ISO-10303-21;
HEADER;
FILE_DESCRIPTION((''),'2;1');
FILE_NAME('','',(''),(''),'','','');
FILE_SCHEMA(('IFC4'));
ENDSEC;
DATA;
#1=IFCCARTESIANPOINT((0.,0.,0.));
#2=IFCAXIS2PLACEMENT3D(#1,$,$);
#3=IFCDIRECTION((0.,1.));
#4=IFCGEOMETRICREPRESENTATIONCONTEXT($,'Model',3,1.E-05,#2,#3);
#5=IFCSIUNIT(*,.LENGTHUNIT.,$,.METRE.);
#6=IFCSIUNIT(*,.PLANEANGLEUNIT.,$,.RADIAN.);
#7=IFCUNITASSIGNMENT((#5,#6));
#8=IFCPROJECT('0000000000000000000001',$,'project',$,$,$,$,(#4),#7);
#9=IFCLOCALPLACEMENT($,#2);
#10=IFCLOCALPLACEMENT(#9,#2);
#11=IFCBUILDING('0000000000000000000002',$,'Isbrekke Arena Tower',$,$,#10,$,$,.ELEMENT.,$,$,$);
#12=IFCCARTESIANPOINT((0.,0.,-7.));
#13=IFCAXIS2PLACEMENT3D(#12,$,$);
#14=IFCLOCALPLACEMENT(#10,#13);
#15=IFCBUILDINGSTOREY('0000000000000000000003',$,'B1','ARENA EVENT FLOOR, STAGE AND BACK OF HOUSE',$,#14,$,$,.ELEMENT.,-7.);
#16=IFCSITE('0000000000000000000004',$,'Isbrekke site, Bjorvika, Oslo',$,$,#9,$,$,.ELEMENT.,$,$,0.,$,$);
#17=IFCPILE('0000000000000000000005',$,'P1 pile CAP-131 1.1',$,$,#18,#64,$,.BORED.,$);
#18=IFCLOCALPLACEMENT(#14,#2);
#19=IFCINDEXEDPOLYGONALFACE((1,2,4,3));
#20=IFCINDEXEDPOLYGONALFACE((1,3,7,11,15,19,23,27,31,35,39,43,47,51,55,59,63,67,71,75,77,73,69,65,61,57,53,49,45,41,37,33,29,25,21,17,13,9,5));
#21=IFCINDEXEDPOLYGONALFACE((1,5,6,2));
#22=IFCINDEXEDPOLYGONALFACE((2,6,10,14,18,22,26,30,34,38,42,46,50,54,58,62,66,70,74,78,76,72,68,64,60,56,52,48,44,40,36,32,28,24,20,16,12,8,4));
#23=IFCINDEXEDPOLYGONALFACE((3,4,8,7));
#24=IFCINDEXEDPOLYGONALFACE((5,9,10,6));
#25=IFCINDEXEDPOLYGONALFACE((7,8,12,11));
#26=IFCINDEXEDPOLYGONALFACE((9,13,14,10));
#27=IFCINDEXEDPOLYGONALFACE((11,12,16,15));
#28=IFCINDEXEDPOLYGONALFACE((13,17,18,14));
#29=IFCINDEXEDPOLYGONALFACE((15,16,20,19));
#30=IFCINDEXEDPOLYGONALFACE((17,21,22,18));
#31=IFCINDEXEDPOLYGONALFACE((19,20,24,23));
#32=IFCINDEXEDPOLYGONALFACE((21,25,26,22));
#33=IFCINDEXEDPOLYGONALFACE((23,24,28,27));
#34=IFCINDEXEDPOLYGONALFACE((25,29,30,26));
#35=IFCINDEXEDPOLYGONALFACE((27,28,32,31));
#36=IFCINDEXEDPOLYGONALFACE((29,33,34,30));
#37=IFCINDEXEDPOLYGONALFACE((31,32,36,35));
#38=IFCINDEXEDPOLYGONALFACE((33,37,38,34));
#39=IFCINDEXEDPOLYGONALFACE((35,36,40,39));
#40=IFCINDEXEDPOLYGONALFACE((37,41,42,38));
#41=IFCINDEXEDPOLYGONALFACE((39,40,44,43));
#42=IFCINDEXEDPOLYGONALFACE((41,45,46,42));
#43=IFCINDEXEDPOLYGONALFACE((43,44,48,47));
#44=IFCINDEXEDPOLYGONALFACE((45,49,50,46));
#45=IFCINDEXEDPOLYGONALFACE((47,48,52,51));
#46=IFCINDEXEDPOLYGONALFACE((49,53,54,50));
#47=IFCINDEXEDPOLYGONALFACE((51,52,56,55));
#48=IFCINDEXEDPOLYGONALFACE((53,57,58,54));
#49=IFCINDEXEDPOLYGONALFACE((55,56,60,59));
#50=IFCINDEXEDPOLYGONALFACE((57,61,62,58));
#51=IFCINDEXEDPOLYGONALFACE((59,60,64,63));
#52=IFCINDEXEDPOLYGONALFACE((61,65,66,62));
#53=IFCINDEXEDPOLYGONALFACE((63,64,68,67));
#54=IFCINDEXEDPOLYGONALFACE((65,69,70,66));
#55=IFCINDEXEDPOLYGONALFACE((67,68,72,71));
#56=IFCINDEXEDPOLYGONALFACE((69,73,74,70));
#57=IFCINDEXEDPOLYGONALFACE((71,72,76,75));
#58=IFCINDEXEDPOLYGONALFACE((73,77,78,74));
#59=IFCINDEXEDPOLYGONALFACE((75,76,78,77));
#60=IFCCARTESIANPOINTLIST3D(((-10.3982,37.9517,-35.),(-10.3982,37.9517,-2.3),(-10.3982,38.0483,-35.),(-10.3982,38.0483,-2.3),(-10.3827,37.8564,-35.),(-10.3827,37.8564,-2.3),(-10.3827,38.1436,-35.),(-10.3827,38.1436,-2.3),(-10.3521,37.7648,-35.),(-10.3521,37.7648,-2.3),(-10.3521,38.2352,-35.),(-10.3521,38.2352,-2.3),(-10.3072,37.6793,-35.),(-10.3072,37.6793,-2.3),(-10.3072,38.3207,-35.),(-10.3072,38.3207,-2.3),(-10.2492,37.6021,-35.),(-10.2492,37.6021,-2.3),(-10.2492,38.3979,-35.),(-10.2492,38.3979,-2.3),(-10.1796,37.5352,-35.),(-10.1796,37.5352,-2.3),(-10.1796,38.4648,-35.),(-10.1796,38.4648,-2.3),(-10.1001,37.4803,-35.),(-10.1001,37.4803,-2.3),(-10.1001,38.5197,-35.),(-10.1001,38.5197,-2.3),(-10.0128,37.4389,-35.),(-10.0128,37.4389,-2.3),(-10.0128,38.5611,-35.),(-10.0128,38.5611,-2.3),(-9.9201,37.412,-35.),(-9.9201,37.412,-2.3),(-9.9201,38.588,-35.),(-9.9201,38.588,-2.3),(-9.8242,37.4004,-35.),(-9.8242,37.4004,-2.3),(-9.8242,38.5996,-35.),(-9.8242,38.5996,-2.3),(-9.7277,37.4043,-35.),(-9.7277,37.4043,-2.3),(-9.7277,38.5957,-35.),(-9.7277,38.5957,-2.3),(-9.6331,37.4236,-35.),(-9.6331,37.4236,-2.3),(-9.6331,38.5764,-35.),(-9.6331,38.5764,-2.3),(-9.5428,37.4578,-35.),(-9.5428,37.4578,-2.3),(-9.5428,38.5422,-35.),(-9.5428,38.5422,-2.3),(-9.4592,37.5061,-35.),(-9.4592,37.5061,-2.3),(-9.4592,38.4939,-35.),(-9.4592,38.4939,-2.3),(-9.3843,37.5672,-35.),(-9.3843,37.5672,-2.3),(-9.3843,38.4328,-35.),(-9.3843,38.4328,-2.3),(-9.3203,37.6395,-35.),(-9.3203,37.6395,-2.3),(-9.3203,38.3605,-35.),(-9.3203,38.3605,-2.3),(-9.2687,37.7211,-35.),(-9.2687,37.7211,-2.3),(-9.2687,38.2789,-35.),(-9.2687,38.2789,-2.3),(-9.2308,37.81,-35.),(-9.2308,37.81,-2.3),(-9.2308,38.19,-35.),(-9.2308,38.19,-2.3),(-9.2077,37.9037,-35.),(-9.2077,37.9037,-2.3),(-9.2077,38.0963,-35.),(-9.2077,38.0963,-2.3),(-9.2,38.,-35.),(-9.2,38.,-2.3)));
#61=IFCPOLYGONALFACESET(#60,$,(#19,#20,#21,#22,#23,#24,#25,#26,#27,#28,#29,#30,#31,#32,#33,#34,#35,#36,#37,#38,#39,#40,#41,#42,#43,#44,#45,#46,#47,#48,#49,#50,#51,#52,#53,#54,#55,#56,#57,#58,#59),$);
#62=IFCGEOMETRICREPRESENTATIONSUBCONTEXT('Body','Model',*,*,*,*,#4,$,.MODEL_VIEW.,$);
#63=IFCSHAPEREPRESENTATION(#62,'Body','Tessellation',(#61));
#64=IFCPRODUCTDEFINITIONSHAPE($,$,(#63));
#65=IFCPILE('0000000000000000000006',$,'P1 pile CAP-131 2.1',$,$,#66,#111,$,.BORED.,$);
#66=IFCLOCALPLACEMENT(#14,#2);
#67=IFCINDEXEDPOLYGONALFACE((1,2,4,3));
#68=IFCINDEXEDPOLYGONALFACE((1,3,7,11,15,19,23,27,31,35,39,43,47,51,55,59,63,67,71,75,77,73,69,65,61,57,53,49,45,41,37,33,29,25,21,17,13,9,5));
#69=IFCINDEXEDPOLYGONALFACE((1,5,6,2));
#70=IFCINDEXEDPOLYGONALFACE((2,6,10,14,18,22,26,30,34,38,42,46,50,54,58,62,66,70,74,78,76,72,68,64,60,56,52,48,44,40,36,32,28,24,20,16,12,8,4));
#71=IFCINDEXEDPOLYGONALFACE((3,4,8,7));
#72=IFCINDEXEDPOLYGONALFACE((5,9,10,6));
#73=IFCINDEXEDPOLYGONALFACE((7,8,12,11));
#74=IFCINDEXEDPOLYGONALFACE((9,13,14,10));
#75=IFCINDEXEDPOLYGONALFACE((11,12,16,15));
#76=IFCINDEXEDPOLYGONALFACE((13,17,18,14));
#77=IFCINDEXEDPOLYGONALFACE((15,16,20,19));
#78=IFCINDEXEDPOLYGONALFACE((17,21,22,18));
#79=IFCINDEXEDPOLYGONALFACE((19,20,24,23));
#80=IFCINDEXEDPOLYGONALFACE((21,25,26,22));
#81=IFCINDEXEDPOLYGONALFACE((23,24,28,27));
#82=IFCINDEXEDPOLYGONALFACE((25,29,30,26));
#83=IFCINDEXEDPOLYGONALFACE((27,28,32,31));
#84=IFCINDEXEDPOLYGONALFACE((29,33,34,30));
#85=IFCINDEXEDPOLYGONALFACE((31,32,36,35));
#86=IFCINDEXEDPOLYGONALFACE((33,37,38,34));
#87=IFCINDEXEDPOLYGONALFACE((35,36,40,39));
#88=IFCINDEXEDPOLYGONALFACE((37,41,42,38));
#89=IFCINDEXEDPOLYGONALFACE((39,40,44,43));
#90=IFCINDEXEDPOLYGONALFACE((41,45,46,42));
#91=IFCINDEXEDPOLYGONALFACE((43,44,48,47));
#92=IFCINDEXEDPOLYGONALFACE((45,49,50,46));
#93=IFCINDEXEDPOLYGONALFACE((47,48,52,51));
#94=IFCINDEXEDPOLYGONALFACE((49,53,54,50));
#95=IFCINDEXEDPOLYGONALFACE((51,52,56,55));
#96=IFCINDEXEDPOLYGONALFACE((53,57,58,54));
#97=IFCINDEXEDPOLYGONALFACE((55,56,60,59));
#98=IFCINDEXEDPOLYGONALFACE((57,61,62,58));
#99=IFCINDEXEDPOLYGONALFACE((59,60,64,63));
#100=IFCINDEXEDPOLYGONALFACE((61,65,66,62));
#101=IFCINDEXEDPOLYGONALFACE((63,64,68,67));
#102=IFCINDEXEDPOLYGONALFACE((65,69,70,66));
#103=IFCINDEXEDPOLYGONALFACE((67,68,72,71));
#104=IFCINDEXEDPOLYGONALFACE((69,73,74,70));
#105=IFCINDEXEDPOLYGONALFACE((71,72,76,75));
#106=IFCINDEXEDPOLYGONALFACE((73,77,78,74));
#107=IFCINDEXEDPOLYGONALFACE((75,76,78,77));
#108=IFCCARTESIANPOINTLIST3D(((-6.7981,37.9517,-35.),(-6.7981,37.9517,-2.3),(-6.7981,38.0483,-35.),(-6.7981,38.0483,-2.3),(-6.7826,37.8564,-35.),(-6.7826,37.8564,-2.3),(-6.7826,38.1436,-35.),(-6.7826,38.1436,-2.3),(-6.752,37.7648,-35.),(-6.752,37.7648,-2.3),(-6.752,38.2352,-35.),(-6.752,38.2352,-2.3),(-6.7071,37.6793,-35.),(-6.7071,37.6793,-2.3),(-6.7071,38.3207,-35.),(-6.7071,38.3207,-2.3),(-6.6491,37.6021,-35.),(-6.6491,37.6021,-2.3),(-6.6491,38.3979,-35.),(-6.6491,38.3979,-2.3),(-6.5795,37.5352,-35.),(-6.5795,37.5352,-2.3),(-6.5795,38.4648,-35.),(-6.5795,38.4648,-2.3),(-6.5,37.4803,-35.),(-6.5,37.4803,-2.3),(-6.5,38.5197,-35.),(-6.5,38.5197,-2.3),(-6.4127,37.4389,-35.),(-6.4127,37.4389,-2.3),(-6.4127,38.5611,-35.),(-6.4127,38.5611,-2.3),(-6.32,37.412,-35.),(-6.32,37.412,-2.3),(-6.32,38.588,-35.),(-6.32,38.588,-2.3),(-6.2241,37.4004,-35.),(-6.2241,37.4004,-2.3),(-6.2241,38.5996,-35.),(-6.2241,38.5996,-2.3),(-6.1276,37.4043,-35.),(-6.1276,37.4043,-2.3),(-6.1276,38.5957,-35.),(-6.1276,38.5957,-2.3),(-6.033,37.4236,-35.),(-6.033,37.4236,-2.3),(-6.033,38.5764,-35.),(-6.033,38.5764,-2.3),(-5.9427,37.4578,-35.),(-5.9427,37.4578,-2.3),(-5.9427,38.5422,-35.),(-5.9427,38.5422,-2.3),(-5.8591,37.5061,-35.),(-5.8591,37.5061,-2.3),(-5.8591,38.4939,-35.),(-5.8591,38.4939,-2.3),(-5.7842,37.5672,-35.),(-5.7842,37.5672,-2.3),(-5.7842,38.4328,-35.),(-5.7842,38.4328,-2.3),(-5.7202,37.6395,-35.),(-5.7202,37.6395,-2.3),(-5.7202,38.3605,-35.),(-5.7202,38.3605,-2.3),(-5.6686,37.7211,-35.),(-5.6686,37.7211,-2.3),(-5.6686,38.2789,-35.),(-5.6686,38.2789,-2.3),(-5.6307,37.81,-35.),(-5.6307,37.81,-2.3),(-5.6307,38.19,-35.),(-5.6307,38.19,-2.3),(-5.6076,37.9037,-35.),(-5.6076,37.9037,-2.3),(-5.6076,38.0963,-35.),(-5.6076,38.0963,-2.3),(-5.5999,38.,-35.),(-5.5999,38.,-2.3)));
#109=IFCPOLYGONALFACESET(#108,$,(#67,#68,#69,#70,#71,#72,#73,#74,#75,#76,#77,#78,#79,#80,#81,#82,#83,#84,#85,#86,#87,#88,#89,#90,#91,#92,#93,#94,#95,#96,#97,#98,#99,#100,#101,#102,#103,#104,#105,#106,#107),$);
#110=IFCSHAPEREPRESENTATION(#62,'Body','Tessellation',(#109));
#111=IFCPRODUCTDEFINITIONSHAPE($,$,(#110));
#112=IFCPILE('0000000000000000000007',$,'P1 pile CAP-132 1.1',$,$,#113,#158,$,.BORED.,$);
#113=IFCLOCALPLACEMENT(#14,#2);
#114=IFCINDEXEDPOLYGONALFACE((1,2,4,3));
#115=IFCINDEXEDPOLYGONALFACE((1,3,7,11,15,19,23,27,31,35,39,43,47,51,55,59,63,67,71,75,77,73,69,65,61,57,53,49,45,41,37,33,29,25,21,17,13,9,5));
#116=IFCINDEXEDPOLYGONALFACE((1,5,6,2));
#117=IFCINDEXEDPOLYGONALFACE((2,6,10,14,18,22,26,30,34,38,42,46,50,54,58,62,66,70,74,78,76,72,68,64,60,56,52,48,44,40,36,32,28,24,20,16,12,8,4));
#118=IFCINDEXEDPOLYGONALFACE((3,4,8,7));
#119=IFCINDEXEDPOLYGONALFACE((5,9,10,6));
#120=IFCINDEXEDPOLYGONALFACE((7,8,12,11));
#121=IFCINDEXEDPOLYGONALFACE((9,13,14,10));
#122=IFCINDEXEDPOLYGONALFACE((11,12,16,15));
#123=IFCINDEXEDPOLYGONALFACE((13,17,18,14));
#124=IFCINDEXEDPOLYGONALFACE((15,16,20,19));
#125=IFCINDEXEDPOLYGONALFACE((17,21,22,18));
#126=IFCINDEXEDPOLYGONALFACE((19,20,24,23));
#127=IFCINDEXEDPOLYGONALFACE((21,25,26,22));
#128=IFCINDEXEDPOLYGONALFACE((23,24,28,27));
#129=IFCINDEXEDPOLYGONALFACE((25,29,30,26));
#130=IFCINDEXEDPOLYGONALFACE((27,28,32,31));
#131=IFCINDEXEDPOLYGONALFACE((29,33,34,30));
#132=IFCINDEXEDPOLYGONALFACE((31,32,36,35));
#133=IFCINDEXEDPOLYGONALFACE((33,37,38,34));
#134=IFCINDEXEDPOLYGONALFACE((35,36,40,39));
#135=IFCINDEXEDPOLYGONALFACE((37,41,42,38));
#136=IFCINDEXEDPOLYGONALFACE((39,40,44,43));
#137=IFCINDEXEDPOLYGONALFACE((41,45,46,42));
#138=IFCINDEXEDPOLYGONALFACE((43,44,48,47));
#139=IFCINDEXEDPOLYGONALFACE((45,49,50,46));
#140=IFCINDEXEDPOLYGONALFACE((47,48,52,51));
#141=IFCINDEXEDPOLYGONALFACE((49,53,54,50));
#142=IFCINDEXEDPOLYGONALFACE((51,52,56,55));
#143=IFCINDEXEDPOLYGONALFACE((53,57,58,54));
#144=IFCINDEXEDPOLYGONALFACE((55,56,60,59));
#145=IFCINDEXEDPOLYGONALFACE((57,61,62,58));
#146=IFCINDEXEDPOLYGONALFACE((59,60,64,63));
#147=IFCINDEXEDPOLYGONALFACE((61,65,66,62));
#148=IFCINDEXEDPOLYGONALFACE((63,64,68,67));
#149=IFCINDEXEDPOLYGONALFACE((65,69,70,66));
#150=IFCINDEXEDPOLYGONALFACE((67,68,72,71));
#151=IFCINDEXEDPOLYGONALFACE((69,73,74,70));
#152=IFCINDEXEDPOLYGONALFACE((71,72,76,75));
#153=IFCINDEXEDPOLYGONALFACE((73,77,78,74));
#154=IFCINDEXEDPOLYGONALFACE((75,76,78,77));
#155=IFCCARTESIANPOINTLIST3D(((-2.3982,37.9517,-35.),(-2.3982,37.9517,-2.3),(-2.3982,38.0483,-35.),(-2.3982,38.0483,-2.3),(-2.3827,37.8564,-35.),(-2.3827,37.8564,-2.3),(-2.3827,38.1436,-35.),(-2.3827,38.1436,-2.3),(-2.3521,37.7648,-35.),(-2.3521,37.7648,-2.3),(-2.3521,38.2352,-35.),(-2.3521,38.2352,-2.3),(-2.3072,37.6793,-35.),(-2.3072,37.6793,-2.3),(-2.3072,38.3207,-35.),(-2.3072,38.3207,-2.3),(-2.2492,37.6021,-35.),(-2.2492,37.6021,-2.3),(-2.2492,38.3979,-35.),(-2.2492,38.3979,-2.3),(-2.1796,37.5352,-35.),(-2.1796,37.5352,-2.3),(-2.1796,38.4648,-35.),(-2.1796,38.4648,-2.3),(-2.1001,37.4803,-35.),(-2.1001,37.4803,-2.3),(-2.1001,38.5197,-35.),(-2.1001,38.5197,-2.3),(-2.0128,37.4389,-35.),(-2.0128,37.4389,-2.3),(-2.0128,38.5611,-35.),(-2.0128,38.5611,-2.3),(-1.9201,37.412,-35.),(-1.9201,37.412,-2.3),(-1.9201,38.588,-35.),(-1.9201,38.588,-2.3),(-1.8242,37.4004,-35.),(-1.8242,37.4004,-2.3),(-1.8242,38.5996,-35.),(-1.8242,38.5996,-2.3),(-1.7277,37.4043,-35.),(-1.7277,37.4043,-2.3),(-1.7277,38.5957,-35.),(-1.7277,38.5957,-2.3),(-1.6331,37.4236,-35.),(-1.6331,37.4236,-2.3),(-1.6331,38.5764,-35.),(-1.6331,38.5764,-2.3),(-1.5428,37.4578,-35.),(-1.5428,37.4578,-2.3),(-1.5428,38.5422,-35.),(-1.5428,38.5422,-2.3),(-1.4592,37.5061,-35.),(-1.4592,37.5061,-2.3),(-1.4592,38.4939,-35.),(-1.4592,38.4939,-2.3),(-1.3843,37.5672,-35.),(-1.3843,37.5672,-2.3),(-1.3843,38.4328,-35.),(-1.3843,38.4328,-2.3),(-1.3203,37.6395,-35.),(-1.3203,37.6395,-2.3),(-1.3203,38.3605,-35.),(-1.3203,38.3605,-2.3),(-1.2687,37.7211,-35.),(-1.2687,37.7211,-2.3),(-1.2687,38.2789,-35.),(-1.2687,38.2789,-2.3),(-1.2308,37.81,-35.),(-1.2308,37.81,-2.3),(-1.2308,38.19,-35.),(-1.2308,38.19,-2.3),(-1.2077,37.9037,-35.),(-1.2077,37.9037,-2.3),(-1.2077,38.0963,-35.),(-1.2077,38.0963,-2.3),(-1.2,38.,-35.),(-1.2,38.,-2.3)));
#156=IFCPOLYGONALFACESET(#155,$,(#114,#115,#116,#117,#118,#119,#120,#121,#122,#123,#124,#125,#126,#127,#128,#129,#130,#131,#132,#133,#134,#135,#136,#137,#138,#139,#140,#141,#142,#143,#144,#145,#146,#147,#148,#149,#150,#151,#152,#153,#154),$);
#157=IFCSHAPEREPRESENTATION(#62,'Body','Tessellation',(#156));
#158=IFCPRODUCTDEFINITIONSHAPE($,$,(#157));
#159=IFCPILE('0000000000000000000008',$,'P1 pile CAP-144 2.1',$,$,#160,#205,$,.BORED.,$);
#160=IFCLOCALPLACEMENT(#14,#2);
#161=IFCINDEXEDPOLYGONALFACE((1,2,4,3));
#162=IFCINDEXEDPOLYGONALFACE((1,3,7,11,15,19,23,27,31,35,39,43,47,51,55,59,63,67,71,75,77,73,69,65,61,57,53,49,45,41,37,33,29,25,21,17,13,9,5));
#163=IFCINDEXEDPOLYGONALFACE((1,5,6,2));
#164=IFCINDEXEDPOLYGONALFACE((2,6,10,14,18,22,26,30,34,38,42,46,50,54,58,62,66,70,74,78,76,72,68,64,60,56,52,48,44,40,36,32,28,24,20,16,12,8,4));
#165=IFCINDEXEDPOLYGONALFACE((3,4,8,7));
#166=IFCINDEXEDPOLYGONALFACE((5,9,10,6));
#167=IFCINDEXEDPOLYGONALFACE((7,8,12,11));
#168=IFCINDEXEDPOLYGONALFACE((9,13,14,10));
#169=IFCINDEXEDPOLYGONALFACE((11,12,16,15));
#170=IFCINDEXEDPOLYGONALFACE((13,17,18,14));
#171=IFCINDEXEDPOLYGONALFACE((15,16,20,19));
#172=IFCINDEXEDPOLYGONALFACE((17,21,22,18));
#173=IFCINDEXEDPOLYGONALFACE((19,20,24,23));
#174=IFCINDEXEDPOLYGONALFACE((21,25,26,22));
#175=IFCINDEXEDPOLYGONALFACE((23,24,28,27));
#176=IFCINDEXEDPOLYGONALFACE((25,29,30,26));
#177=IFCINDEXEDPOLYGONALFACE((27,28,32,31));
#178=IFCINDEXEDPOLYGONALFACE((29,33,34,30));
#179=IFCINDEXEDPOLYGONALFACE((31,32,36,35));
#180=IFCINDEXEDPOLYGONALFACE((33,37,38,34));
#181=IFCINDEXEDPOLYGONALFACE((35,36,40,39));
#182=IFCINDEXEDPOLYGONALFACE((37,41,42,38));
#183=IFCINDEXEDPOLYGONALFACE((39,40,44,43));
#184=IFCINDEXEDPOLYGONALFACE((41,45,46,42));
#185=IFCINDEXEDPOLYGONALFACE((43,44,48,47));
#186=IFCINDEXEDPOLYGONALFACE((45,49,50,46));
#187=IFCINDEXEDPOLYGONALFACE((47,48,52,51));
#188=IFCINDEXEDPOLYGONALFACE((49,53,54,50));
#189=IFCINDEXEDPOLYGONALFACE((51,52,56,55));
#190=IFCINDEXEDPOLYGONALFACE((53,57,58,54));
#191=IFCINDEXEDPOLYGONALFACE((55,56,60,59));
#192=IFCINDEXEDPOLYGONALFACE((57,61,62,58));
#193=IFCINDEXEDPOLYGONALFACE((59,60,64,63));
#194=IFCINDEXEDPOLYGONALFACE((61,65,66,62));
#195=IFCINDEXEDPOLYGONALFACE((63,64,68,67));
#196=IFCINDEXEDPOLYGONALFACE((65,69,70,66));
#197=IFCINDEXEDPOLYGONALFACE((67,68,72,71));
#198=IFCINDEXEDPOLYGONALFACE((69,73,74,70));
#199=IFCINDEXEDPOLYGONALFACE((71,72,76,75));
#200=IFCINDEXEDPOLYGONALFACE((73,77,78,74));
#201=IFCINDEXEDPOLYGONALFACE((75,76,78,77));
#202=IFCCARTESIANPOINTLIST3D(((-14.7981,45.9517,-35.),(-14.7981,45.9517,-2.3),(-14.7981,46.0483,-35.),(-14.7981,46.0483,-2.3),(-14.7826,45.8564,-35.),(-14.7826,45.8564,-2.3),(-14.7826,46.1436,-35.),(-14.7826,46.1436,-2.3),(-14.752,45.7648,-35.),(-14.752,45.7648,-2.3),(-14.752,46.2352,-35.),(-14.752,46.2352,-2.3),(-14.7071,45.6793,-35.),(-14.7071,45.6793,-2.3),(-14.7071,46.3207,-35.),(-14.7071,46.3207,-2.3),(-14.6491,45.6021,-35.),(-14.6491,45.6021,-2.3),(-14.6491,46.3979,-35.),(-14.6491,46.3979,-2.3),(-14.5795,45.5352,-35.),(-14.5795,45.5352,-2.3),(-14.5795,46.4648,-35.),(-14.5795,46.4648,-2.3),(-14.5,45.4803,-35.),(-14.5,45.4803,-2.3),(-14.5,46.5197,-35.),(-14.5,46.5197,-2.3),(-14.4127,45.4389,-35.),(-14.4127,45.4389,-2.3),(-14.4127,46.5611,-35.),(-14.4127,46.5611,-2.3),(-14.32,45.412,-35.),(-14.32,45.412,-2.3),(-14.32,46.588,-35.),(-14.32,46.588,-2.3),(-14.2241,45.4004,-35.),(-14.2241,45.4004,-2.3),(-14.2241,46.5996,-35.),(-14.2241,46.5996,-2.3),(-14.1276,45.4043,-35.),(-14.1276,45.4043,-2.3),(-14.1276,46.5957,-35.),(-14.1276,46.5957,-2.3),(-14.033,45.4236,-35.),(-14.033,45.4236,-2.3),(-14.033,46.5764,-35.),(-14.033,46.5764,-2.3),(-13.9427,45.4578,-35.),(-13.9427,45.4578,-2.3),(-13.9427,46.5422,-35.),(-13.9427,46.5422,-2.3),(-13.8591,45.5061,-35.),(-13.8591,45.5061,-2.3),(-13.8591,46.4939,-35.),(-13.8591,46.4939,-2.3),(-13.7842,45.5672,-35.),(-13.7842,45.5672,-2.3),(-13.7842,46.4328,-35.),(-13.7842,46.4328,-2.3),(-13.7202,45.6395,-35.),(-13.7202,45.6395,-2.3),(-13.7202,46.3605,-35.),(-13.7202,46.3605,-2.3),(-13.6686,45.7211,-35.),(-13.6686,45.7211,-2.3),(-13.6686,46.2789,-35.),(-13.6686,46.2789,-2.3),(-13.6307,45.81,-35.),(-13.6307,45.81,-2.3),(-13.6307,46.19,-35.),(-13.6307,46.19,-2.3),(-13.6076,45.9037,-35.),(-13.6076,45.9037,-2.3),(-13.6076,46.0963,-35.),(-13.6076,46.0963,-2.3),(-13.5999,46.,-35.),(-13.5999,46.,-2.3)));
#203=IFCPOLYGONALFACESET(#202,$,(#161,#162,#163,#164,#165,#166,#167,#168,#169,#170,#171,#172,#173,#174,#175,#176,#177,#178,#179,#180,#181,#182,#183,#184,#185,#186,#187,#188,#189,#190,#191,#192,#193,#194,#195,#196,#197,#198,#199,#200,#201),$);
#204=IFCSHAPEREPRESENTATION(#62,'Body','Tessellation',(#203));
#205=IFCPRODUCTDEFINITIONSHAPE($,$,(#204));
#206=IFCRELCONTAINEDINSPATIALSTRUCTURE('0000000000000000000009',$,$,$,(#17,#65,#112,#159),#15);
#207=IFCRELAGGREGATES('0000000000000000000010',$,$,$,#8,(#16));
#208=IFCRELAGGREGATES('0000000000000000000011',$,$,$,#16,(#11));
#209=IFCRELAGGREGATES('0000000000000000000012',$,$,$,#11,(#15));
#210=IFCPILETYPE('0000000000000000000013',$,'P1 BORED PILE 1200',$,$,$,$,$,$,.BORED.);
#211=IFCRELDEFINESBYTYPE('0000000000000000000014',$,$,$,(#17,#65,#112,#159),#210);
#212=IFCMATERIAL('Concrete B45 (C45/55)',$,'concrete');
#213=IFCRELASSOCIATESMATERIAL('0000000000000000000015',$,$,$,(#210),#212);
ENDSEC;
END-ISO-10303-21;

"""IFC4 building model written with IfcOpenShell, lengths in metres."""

from ifc_helpers import new_model, si_unit, direction, frame, origin, origin_2d, place, context, subcontext, project, spatial, circle, extrude, material, material_profile, profile_set, type_object, element, save


model = new_model("IFC4")

# Units and contexts
model_context = context("Model", 3, precision=1e-05, world=origin(), true_north=direction((0.0, 1.0)))
body_context = subcontext(model_context, "Body", "Model", "MODEL_VIEW")
ifc_project = project(units=[si_unit("LENGTHUNIT", "METRE"), si_unit("PLANEANGLEUNIT", "RADIAN")], contexts=[model_context])

# Site, building, storey
site_placement = place(None, origin())
site = spatial("IfcSite", under=ifc_project, at=site_placement, Name="Isbrekke site, Bjorvika, Oslo", CompositionType="ELEMENT", RefElevation=0.0)
building_placement = place(site_placement, origin())
building = spatial("IfcBuilding", under=site, at=building_placement, Name="Isbrekke Arena Tower", CompositionType="ELEMENT")
storey_placement = place(building_placement, frame((0.0, 0.0, -7.0)))
storey = spatial("IfcBuildingStorey", under=building, at=storey_placement, Name="B1", Description="ARENA EVENT FLOOR, STAGE AND BACK OF HOUSE", CompositionType="ELEMENT", Elevation=-7.0)

# Piles
ifc_material_1 = material(Name="Concrete B45 (C45/55)", Category="concrete")
ifc_material_profile_1 = material_profile(ifc_material_1, circle(Radius=0.6001, at=origin_2d()), Name="BORED PILE D1200")
ifc_profile_set_1 = profile_set([ifc_material_profile_1], Name="Concrete B45 (C45/55)")
pile_type = type_object("IfcPileType", Name="P1 BORED PILE 1200", PredefinedType="BORED", material=ifc_profile_set_1)
for number, where, z_axis, x_axis, name in (
    (1, (-9.8, 38.0, -2.3), (0.0, 0.0, -1.0), (1.0, 0.0, 0.0), "P1 pile CAP-131 1.1"),
    (2, (-6.2, 38.0, -2.3), (0.0, 0.0, -1.0), (1.0, 0.0, 0.0), "P1 pile CAP-131 2.1"),
    (3, (-1.8, 38.0, -2.3), (0.0, 0.0, -1.0), (1.0, 0.0, 0.0), "P1 pile CAP-132 1.1"),
    (4, (-14.2, 46.0, -2.3), (0.0, 0.0, -1.0), (1.0, 0.0, 0.0), "P1 pile CAP-144 2.1"),
):
    element("IfcPile", number, at=place(storey_placement, frame(where, z_axis=z_axis, x_axis=x_axis)), inside=storey, type_object=pile_type, Name=name, PredefinedType="BORED", context=body_context, shape_type="SweptSolid", body=[
        extrude(circle(Radius=0.6001, at=origin_2d()), origin(), (0.0, 0.0, 1.0), 32.7),
    ])

save(model, "model.ifc")
